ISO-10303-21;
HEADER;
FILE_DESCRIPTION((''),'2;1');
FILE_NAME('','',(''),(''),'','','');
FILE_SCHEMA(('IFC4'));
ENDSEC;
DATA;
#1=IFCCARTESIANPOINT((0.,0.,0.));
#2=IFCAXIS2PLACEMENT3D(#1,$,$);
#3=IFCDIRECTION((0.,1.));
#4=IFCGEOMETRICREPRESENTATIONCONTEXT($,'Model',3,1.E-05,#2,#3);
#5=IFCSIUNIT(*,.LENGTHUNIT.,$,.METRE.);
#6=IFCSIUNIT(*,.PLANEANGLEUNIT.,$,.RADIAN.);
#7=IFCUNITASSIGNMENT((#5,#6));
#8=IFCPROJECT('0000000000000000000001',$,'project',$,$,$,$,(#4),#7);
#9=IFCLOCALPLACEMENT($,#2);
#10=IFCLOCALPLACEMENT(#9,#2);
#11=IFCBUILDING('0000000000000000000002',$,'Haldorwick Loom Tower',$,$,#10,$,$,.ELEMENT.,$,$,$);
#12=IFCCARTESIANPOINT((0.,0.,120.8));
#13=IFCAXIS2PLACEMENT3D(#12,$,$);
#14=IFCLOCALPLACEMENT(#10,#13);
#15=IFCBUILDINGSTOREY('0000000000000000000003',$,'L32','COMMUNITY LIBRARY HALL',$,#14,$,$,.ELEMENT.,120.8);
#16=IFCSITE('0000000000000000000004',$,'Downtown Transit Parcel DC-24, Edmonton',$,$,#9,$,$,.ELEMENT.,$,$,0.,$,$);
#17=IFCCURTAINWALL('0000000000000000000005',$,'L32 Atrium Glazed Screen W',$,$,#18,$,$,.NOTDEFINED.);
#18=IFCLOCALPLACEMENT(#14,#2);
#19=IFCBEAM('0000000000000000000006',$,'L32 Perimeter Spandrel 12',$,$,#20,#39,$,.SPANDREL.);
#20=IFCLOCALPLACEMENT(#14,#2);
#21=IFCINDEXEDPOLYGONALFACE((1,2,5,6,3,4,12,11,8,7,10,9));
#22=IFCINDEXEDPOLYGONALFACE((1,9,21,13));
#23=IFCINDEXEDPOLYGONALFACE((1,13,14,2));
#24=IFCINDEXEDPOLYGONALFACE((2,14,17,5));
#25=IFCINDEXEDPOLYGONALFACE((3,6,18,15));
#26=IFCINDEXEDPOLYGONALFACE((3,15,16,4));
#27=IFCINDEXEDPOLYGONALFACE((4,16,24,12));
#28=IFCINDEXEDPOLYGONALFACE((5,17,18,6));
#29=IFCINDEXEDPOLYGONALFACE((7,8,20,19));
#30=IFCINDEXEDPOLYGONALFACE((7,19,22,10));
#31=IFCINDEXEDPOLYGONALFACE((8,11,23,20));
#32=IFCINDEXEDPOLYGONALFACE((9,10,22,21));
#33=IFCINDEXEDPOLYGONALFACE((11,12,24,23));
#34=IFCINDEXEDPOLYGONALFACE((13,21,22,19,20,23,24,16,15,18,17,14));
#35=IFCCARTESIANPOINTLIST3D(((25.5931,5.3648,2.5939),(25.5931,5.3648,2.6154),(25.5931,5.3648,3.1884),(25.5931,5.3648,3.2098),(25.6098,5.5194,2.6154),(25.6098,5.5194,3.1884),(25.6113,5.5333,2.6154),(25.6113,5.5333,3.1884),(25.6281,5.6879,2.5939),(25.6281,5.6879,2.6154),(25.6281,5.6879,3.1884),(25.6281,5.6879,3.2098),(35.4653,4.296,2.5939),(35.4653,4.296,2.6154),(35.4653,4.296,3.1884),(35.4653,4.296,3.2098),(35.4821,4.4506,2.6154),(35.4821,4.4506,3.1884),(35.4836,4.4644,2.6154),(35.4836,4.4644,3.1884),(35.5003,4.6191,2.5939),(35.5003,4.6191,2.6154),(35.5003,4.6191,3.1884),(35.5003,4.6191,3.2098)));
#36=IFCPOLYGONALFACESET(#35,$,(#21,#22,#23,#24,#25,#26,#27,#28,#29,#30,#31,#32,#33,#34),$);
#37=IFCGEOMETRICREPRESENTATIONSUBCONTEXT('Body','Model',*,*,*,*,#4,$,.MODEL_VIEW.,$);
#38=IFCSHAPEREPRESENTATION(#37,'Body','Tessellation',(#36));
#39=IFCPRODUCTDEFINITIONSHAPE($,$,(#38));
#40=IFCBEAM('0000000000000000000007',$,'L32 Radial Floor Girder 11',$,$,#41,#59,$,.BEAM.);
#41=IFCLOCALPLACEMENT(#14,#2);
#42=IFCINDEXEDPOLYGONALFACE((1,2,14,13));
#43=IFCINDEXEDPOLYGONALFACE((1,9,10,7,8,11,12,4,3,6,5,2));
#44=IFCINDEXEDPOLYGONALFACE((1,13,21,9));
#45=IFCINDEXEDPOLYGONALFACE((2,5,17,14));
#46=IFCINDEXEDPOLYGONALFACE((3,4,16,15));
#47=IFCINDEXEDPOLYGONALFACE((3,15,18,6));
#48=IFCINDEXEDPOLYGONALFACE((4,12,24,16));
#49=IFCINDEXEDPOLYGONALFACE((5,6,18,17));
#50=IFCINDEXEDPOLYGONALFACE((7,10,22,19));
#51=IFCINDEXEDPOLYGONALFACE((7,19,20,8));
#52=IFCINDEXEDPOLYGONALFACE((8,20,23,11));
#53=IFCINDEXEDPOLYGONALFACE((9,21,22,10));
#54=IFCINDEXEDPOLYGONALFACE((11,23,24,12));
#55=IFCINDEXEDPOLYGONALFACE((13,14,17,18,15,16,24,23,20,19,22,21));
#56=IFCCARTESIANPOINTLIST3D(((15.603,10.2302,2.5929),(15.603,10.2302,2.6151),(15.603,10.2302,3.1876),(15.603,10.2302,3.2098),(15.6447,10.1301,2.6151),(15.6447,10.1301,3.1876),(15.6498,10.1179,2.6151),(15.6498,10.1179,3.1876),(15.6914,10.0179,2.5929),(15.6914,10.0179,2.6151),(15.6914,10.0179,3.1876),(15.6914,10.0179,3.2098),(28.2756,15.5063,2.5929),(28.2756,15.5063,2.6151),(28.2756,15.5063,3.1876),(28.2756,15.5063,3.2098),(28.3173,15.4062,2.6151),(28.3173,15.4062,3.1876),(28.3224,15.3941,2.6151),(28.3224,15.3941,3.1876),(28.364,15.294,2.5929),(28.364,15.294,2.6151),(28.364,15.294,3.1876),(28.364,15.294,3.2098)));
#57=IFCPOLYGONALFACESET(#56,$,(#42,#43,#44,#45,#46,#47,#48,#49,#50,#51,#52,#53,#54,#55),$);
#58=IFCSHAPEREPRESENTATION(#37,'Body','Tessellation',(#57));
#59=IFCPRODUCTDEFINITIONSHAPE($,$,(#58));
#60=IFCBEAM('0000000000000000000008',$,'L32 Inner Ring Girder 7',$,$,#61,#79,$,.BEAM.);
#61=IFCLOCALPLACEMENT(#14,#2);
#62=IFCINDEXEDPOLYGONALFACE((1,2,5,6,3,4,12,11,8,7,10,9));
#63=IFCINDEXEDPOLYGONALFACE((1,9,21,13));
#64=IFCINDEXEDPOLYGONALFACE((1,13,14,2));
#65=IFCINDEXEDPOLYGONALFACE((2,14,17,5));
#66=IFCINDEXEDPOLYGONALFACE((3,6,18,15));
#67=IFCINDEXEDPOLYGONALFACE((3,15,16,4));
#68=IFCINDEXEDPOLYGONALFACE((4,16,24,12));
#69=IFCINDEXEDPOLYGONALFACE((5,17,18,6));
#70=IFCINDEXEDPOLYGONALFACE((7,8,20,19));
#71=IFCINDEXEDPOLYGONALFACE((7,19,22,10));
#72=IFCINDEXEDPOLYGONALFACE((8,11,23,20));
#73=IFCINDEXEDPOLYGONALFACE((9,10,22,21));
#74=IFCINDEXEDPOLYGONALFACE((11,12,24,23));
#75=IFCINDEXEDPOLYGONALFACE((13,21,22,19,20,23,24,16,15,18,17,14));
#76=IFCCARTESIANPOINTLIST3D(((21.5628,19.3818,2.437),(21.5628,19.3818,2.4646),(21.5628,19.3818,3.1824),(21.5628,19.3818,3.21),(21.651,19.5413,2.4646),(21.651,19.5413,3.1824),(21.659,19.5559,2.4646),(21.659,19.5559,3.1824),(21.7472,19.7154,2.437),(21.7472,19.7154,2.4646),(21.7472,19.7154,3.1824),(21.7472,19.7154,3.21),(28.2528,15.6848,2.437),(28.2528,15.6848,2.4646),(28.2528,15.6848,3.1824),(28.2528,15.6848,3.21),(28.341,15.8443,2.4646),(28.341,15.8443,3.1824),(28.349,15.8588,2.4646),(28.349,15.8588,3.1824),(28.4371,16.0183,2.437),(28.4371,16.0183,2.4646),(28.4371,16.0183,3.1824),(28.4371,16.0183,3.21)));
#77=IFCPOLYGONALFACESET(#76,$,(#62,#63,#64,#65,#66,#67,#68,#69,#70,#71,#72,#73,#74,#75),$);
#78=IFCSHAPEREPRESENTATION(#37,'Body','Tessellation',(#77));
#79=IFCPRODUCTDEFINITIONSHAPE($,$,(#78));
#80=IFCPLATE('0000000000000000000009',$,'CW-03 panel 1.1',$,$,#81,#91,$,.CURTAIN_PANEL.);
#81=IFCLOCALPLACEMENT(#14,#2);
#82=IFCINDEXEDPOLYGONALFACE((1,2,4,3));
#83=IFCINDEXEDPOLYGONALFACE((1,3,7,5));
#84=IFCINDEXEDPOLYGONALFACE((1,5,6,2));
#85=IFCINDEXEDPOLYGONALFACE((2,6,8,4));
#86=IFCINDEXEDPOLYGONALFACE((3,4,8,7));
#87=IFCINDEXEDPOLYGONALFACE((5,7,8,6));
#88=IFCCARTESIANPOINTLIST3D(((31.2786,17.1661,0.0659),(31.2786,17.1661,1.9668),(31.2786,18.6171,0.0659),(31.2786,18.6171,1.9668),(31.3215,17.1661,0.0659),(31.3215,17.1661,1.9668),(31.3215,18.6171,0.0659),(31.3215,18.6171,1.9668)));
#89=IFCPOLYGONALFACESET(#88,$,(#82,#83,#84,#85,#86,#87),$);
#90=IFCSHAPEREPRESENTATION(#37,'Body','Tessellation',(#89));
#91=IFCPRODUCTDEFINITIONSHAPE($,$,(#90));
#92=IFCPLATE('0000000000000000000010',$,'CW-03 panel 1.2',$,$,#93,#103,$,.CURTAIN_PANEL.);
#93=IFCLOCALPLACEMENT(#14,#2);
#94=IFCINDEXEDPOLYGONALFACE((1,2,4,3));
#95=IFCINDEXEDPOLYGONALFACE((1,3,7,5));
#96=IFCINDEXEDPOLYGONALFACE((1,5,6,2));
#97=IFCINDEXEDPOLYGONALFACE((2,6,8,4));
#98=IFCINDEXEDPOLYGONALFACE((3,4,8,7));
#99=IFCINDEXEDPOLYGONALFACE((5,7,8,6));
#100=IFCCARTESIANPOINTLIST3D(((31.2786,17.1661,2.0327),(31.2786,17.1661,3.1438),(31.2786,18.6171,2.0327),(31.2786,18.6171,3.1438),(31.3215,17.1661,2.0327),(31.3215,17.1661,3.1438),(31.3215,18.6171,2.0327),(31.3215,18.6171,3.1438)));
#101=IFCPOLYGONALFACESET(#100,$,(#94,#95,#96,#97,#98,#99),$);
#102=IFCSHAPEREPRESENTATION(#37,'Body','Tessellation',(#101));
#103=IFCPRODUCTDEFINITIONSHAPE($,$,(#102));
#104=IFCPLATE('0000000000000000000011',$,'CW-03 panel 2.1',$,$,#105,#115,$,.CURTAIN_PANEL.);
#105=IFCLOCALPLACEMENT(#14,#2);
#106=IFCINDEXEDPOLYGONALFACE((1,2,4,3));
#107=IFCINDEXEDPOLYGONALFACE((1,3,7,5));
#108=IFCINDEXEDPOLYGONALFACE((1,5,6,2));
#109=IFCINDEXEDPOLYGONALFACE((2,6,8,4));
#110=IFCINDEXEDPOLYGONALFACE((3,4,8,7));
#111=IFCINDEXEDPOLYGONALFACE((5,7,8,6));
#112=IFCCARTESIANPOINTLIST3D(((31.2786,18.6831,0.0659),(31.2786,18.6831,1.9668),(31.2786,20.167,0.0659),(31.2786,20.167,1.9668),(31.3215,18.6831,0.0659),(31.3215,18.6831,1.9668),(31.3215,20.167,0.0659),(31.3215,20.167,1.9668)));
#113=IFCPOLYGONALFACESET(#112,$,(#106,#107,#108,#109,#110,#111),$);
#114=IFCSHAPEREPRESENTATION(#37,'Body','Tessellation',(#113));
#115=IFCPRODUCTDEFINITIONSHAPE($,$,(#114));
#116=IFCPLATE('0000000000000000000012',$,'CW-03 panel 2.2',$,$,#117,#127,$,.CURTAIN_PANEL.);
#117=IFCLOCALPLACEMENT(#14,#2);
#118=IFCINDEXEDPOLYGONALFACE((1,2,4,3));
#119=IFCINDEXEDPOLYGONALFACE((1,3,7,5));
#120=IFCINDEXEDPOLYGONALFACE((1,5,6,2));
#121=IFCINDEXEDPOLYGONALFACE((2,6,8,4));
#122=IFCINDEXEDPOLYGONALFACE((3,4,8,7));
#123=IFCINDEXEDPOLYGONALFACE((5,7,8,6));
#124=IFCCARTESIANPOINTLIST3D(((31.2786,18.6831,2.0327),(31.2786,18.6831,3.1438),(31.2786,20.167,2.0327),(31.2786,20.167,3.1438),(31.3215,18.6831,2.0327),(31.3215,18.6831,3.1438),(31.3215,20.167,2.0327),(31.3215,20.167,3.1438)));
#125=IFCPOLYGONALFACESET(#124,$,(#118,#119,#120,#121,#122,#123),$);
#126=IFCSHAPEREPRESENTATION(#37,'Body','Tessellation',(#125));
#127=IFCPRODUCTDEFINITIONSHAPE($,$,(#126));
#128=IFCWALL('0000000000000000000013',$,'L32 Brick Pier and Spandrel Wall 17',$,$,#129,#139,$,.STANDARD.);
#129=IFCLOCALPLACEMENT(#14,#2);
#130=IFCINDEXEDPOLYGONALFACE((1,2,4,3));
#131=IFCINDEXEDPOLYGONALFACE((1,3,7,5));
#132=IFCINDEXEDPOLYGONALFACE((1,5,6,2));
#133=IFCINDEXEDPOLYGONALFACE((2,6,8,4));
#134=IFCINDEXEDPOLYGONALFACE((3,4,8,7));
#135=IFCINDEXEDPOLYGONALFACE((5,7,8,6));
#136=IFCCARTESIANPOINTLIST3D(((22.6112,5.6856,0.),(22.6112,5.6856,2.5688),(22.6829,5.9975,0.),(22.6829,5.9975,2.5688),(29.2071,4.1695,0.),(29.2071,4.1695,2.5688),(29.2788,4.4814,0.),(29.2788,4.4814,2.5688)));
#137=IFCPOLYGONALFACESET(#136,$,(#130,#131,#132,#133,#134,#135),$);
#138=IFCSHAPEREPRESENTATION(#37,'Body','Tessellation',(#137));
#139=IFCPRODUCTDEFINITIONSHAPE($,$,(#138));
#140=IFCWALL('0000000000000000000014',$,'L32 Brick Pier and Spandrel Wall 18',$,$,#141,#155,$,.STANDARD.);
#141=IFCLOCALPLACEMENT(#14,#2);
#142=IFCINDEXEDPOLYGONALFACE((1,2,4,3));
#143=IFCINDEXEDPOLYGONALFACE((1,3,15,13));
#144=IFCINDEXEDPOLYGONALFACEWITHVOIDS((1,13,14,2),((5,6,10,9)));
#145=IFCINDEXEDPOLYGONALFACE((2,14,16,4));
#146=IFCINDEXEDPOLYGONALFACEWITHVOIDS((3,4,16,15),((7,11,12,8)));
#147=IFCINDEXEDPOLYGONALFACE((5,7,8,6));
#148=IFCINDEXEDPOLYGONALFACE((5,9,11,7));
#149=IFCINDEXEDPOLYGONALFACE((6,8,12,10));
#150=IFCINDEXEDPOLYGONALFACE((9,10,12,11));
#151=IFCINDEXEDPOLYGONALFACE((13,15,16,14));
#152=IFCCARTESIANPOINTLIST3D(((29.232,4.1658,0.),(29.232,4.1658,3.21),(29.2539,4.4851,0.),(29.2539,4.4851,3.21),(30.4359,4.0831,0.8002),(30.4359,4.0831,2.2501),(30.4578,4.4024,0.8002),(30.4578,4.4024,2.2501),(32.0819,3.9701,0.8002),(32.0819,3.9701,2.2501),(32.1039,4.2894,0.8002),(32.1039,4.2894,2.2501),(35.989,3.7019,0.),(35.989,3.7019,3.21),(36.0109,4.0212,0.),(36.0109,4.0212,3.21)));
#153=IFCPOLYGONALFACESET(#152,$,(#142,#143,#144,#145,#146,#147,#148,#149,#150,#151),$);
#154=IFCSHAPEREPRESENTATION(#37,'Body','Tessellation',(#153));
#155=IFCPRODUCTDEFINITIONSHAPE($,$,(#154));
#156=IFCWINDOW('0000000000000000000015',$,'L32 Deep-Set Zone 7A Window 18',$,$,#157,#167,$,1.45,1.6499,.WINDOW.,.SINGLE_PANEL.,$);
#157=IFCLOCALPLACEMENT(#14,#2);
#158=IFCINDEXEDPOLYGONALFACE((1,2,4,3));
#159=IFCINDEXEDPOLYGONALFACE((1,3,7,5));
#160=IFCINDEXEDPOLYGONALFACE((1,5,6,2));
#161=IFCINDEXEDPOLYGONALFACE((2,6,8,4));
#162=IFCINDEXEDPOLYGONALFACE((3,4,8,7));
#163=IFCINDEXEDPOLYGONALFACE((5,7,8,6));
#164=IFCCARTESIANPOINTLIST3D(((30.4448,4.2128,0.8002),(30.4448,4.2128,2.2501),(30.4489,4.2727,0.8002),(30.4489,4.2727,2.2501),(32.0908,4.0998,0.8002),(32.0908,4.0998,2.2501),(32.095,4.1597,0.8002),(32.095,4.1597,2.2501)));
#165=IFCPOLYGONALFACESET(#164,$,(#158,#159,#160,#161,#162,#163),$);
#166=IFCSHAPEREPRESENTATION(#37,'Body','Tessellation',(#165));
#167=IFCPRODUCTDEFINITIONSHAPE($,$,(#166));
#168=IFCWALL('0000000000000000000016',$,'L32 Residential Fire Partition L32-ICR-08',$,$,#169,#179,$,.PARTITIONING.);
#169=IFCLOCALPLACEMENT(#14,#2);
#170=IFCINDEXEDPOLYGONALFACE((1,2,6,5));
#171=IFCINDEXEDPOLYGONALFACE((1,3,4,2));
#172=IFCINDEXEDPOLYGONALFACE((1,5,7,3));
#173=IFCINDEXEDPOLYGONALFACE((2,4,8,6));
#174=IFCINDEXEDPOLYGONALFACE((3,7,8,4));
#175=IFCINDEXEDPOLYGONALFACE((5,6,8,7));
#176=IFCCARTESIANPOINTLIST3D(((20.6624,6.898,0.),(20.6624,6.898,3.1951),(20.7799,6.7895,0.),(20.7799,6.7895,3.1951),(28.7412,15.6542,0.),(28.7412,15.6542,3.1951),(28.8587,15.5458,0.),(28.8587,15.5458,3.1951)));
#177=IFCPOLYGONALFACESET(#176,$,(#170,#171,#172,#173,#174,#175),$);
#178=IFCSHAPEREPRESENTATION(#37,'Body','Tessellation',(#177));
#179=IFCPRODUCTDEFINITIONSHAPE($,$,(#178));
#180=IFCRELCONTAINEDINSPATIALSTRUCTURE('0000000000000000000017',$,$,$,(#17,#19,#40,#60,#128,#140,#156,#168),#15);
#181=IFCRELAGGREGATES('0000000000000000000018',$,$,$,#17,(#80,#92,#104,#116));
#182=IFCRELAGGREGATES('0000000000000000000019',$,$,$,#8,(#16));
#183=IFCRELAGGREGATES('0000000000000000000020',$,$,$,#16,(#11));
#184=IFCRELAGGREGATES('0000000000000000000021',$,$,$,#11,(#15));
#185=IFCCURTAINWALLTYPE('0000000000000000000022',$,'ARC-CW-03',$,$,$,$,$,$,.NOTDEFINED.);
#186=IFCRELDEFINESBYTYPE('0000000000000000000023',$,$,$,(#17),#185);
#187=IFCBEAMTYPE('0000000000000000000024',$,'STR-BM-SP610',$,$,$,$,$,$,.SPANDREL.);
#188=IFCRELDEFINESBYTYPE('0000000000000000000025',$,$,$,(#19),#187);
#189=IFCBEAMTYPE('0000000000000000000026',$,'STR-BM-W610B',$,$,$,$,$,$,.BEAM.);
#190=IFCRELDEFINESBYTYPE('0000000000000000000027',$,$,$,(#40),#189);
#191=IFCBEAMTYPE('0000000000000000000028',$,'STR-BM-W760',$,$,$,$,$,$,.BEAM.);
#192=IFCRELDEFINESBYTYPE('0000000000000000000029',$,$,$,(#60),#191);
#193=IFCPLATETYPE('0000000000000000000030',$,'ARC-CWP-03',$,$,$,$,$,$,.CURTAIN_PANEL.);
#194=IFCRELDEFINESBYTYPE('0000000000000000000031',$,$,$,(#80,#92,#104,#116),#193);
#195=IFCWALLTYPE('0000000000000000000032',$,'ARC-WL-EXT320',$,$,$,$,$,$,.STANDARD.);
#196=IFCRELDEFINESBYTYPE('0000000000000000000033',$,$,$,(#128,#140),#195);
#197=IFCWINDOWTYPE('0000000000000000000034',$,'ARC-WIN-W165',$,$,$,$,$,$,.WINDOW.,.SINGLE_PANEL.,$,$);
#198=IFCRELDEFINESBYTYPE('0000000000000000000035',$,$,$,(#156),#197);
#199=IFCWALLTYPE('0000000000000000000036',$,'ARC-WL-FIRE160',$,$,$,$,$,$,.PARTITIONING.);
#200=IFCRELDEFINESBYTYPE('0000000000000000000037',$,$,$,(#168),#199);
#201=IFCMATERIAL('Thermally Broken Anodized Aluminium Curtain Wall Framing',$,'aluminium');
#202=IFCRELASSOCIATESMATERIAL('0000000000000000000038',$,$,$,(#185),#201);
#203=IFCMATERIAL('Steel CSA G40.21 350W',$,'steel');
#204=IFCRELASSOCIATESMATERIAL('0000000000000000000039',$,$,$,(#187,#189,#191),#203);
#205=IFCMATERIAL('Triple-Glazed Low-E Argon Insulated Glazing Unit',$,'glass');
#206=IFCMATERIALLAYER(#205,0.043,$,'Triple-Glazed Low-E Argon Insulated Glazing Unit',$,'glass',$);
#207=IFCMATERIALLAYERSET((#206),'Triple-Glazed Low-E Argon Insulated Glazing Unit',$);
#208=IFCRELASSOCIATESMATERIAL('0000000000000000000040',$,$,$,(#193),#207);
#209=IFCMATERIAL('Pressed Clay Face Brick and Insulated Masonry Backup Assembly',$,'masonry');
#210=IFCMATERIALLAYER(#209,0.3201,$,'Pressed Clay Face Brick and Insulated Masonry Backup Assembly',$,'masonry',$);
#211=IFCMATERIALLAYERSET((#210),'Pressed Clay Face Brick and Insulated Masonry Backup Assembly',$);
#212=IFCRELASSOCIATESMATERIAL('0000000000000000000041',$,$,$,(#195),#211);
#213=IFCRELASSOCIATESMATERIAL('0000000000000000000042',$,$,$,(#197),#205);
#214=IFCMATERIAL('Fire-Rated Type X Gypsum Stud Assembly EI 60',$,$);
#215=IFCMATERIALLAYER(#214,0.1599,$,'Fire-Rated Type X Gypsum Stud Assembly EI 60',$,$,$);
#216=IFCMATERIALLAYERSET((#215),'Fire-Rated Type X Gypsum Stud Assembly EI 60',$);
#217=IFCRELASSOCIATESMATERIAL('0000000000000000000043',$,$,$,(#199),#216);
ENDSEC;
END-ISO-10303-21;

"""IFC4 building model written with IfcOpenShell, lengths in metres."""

from ifc_helpers import new_model, si_unit, direction, frame, frame_2d, origin, origin_2d, place, context, subcontext, project, spatial, rectangle, i_section, extrude, material, layer, layer_set, material_profile, profile_set, type_object, element, fill, aggregate, save


model = new_model("IFC4")

# Units and contexts
model_context = context("Model", 3, precision=1e-05, world=origin(), true_north=direction((0.0, 1.0)))
body_context = subcontext(model_context, "Body", "Model", "MODEL_VIEW")
ifc_project = project(units=[si_unit("LENGTHUNIT", "METRE"), si_unit("PLANEANGLEUNIT", "RADIAN")], contexts=[model_context])

# Site, building, storey
site_placement = place(None, origin())
site = spatial("IfcSite", under=ifc_project, at=site_placement, Name="Downtown Transit Parcel DC-24, Edmonton", CompositionType="ELEMENT", RefElevation=0.0)
building_placement = place(site_placement, origin())
building = spatial("IfcBuilding", under=site, at=building_placement, Name="Haldorwick Loom Tower", CompositionType="ELEMENT")
storey_placement = place(building_placement, frame((0.0, 0.0, 120.8)))
storey = spatial("IfcBuildingStorey", under=building, at=storey_placement, Name="L32", Description="COMMUNITY LIBRARY HALL", CompositionType="ELEMENT", Elevation=120.8)

# Curtain wall
ifc_material_1 = material(Name="Thermally Broken Anodized Aluminium Curtain Wall Framing", Category="aluminium")
curtain_wall_type = type_object("IfcCurtainWallType", Name="ARC-CW-03", PredefinedType="NOTDEFINED", material=ifc_material_1)
curtain_wall_placement = place(storey_placement, origin())
curtain_wall = element("IfcCurtainWall", 1, at=curtain_wall_placement, inside=storey, type_object=curtain_wall_type, Name="L32 Atrium Glazed Screen W", PredefinedType="NOTDEFINED")

# Beams
ifc_material_2 = material(Name="Steel CSA G40.21 350W", Category="steel")
ifc_material_profile_1 = material_profile(ifc_material_2, i_section(OverallWidth=0.325, OverallDepth=0.616, WebThickness=0.0139, FlangeThickness=0.0215, at=origin_2d()), Name="W610X174", Category="steel")
ifc_profile_set_1 = profile_set([ifc_material_profile_1], Name="Steel CSA G40.21 350W")
beam_type_1 = type_object("IfcBeamType", Name="STR-BM-SP610", PredefinedType="SPANDREL", material=ifc_profile_set_1)
beam_1_placement = place(storey_placement, frame((25.6106, 5.5264, 2.9019), z_axis=(0.99419, -0.107638, 0.0), x_axis=(0.107638, 0.99419, 0.0)))
element("IfcBeam", 2, at=beam_1_placement, inside=storey, type_object=beam_type_1, Name="L32 Perimeter Spandrel 12", PredefinedType="SPANDREL", context=body_context, shape_type="SweptSolid", body=[
    extrude(i_section(OverallWidth=0.325, OverallDepth=0.616, WebThickness=0.0139, FlangeThickness=0.0215, at=origin_2d()), origin(), (0.0, 0.0, 1.0), 9.9299),
])
ifc_material_profile_2 = material_profile(ifc_material_2, i_section(OverallWidth=0.23, OverallDepth=0.6169, WebThickness=0.0132, FlangeThickness=0.0222, at=origin_2d()), Name="W610X140", Category="steel")
ifc_profile_set_2 = profile_set([ifc_material_profile_2], Name="Steel CSA G40.21 350W")
beam_type_2 = type_object("IfcBeamType", Name="STR-BM-W610B", PredefinedType="BEAM", material=ifc_profile_set_2)
beam_2_placement = place(storey_placement, frame((28.3198, 15.4001, 2.9014), z_axis=(-0.923184, -0.384359, 0.0), x_axis=(0.384359, -0.923184, 0.0)))
element("IfcBeam", 3, at=beam_2_placement, inside=storey, type_object=beam_type_2, Name="L32 Radial Floor Girder 11", PredefinedType="BEAM", context=body_context, shape_type="SweptSolid", body=[
    extrude(i_section(OverallWidth=0.23, OverallDepth=0.6169, WebThickness=0.0132, FlangeThickness=0.0222, at=origin_2d()), origin(), (0.0, 0.0, 1.0), 13.7271),
])
ifc_material_profile_3 = material_profile(ifc_material_2, i_section(OverallWidth=0.3811, OverallDepth=0.7729, WebThickness=0.0166, FlangeThickness=0.0276, at=origin_2d()), Name="W760X257", Category="steel")
ifc_profile_set_3 = profile_set([ifc_material_profile_3], Name="Steel CSA G40.21 350W")
beam_type_3 = type_object("IfcBeamType", Name="STR-BM-W760", PredefinedType="BEAM", material=ifc_profile_set_3)
beam_3_placement = place(storey_placement, frame((28.345, 15.8516, 2.8235), z_axis=(-0.875244, 0.483681, 0.0), x_axis=(-0.483681, -0.875244, 0.0)))
element("IfcBeam", 4, at=beam_3_placement, inside=storey, type_object=beam_type_3, Name="L32 Inner Ring Girder 7", PredefinedType="BEAM", context=body_context, shape_type="SweptSolid", body=[
    extrude(i_section(OverallWidth=0.3811, OverallDepth=0.7729, WebThickness=0.0166, FlangeThickness=0.0276, at=origin_2d()), origin(), (0.0, 0.0, 1.0), 7.6436),
])

# Plates
ifc_material_3 = material(Name="Triple-Glazed Low-E Argon Insulated Glazing Unit", Category="glass")
ifc_layer_1 = layer(ifc_material_3, 0.043, Name="Triple-Glazed Low-E Argon Insulated Glazing Unit", Category="glass")
ifc_layer_set_1 = layer_set([ifc_layer_1], Name="Triple-Glazed Low-E Argon Insulated Glazing Unit")
plate_type = type_object("IfcPlateType", Name="ARC-CWP-03", PredefinedType="CURTAIN_PANEL", material=ifc_layer_set_1)
plate_1_placement = place(storey_placement, frame((31.3, 17.8916, 0.0659), z_axis=(0.0, 0.0, 1.0), x_axis=(0.0, 1.0, 0.0)))
plate_1 = element("IfcPlate", 5, at=plate_1_placement, type_object=plate_type, Name="CW-03 panel 1.1", PredefinedType="CURTAIN_PANEL", context=body_context, shape_type="SweptSolid", body=[
    extrude(rectangle(XDim=1.4509, YDim=0.043, at=origin_2d()), origin(), (0.0, 0.0, 1.0), 1.9009),
])
plate_2_placement = place(storey_placement, frame((31.3, 17.8916, 2.0327), z_axis=(0.0, 0.0, 1.0), x_axis=(0.0, 1.0, 0.0)))
plate_2 = element("IfcPlate", 6, at=plate_2_placement, type_object=plate_type, Name="CW-03 panel 1.2", PredefinedType="CURTAIN_PANEL", context=body_context, shape_type="SweptSolid", body=[
    extrude(rectangle(XDim=1.4509, YDim=0.043, at=origin_2d()), origin(), (0.0, 0.0, 1.0), 1.1111),
])
plate_3_placement = place(storey_placement, frame((31.3, 19.425, 0.0659), z_axis=(0.0, 0.0, 1.0), x_axis=(0.0, 1.0, 0.0)))
plate_3 = element("IfcPlate", 7, at=plate_3_placement, type_object=plate_type, Name="CW-03 panel 2.1", PredefinedType="CURTAIN_PANEL", context=body_context, shape_type="SweptSolid", body=[
    extrude(rectangle(XDim=1.4839, YDim=0.043, at=origin_2d()), origin(), (0.0, 0.0, 1.0), 1.9009),
])
plate_4_placement = place(storey_placement, frame((31.3, 19.425, 2.0327), z_axis=(0.0, 0.0, 1.0), x_axis=(0.0, 1.0, 0.0)))
plate_4 = element("IfcPlate", 8, at=plate_4_placement, type_object=plate_type, Name="CW-03 panel 2.2", PredefinedType="CURTAIN_PANEL", context=body_context, shape_type="SweptSolid", body=[
    extrude(rectangle(XDim=1.4839, YDim=0.043, at=origin_2d()), origin(), (0.0, 0.0, 1.0), 1.1111),
])
aggregate(curtain_wall, [plate_1, plate_2, plate_3, plate_4])

# Wall
ifc_material_4 = material(Name="Pressed Clay Face Brick and Insulated Masonry Backup Assembly", Category="masonry")
ifc_layer_2 = layer(ifc_material_4, 0.3201, Name="Pressed Clay Face Brick and Insulated Masonry Backup Assembly", Category="masonry")
ifc_layer_set_2 = layer_set([ifc_layer_2], Name="Pressed Clay Face Brick and Insulated Masonry Backup Assembly")
wall_type_1 = type_object("IfcWallType", Name="ARC-WL-EXT320", PredefinedType="STANDARD", material=ifc_layer_set_2)
wall_1_placement = place(storey_placement, frame((22.6472, 5.8416, 0.0), z_axis=(0.0, 0.0, 1.0), x_axis=(0.974584, -0.224022, 0.0)))
element("IfcWall", 9, at=wall_1_placement, inside=storey, type_object=wall_type_1, Name="L32 Brick Pier and Spandrel Wall 17", PredefinedType="STANDARD", context=body_context, shape_type="SweptSolid", body=[
    extrude(rectangle(XDim=6.7678, YDim=0.3201, at=frame_2d((3.3838, 0.0))), origin(), (0.0, 0.0, 1.0), 2.5688),
])

# Wall, opening, window
wall_2_placement = place(storey_placement, frame((29.2429, 4.3254, 0.0), z_axis=(0.0, 0.0, 1.0), x_axis=(0.997652, -0.068488, 0.0)))
wall_2 = element("IfcWall", 10, at=wall_2_placement, inside=storey, type_object=wall_type_1, Name="L32 Brick Pier and Spandrel Wall 18", PredefinedType="STANDARD", context=body_context, shape_type="SweptSolid", body=[
    extrude(rectangle(XDim=6.7729, YDim=0.3201, at=frame_2d((3.3865, 0.0))), origin(), (0.0, 0.0, 1.0), 3.21),
])
opening_placement = place(wall_2_placement, frame((1.2068, 0.0, 0.8)))
opening = element("IfcOpeningElement", 11, at=opening_placement, cuts=wall_2, PredefinedType="OPENING", context=body_context, shape_type="SweptSolid", body=[
    extrude(rectangle(XDim=1.6499, YDim=1.45, at=frame_2d((0.825, 0.7251))), frame((0.0, 0.1699, 0.0), z_axis=(0.0, -1.0, 0.0), x_axis=(1.0, 0.0, 0.0)), (0.0, 0.0, 1.0), 0.3401),
])
window_type = type_object("IfcWindowType", Name="ARC-WIN-W165", PartitioningType="SINGLE_PANEL", PredefinedType="WINDOW", material=ifc_material_3)
window_placement = place(opening_placement, origin())
window = element("IfcWindow", 12, at=window_placement, inside=storey, type_object=window_type, Name="L32 Deep-Set Zone 7A Window 18", OverallHeight=1.45, OverallWidth=1.6499, PartitioningType="SINGLE_PANEL", PredefinedType="WINDOW", context=body_context, shape_type="SweptSolid", body=[
    extrude(rectangle(XDim=1.6499, YDim=1.45, at=frame_2d((0.825, 0.7251))), frame((0.0, 0.03, 0.0), z_axis=(0.0, -1.0, 0.0), x_axis=(1.0, 0.0, 0.0)), (0.0, 0.0, 1.0), 0.0601),
])
fill(opening, window)

# Wall
ifc_material_5 = material(Name="Fire-Rated Type X Gypsum Stud Assembly EI 60")
ifc_layer_3 = layer(ifc_material_5, 0.1599, Name="Fire-Rated Type X Gypsum Stud Assembly EI 60")
ifc_layer_set_3 = layer_set([ifc_layer_3], Name="Fire-Rated Type X Gypsum Stud Assembly EI 60")
wall_type_2 = type_object("IfcWallType", Name="ARC-WL-FIRE160", PredefinedType="PARTITIONING", material=ifc_layer_set_3)
wall_3_placement = place(storey_placement, frame((28.8, 15.6001, 0.0), z_axis=(0.0, 0.0, 1.0), x_axis=(-0.678102, -0.734968, 0.0)))
element("IfcWall", 13, at=wall_3_placement, inside=storey, type_object=wall_type_2, Name="L32 Residential Fire Partition L32-ICR-08", PredefinedType="PARTITIONING", context=body_context, shape_type="SweptSolid", body=[
    extrude(rectangle(XDim=11.9138, YDim=0.1599, at=frame_2d((5.957, 0.0))), origin(), (0.0, 0.0, 1.0), 3.1951),
])

save(model, "model.ifc")
